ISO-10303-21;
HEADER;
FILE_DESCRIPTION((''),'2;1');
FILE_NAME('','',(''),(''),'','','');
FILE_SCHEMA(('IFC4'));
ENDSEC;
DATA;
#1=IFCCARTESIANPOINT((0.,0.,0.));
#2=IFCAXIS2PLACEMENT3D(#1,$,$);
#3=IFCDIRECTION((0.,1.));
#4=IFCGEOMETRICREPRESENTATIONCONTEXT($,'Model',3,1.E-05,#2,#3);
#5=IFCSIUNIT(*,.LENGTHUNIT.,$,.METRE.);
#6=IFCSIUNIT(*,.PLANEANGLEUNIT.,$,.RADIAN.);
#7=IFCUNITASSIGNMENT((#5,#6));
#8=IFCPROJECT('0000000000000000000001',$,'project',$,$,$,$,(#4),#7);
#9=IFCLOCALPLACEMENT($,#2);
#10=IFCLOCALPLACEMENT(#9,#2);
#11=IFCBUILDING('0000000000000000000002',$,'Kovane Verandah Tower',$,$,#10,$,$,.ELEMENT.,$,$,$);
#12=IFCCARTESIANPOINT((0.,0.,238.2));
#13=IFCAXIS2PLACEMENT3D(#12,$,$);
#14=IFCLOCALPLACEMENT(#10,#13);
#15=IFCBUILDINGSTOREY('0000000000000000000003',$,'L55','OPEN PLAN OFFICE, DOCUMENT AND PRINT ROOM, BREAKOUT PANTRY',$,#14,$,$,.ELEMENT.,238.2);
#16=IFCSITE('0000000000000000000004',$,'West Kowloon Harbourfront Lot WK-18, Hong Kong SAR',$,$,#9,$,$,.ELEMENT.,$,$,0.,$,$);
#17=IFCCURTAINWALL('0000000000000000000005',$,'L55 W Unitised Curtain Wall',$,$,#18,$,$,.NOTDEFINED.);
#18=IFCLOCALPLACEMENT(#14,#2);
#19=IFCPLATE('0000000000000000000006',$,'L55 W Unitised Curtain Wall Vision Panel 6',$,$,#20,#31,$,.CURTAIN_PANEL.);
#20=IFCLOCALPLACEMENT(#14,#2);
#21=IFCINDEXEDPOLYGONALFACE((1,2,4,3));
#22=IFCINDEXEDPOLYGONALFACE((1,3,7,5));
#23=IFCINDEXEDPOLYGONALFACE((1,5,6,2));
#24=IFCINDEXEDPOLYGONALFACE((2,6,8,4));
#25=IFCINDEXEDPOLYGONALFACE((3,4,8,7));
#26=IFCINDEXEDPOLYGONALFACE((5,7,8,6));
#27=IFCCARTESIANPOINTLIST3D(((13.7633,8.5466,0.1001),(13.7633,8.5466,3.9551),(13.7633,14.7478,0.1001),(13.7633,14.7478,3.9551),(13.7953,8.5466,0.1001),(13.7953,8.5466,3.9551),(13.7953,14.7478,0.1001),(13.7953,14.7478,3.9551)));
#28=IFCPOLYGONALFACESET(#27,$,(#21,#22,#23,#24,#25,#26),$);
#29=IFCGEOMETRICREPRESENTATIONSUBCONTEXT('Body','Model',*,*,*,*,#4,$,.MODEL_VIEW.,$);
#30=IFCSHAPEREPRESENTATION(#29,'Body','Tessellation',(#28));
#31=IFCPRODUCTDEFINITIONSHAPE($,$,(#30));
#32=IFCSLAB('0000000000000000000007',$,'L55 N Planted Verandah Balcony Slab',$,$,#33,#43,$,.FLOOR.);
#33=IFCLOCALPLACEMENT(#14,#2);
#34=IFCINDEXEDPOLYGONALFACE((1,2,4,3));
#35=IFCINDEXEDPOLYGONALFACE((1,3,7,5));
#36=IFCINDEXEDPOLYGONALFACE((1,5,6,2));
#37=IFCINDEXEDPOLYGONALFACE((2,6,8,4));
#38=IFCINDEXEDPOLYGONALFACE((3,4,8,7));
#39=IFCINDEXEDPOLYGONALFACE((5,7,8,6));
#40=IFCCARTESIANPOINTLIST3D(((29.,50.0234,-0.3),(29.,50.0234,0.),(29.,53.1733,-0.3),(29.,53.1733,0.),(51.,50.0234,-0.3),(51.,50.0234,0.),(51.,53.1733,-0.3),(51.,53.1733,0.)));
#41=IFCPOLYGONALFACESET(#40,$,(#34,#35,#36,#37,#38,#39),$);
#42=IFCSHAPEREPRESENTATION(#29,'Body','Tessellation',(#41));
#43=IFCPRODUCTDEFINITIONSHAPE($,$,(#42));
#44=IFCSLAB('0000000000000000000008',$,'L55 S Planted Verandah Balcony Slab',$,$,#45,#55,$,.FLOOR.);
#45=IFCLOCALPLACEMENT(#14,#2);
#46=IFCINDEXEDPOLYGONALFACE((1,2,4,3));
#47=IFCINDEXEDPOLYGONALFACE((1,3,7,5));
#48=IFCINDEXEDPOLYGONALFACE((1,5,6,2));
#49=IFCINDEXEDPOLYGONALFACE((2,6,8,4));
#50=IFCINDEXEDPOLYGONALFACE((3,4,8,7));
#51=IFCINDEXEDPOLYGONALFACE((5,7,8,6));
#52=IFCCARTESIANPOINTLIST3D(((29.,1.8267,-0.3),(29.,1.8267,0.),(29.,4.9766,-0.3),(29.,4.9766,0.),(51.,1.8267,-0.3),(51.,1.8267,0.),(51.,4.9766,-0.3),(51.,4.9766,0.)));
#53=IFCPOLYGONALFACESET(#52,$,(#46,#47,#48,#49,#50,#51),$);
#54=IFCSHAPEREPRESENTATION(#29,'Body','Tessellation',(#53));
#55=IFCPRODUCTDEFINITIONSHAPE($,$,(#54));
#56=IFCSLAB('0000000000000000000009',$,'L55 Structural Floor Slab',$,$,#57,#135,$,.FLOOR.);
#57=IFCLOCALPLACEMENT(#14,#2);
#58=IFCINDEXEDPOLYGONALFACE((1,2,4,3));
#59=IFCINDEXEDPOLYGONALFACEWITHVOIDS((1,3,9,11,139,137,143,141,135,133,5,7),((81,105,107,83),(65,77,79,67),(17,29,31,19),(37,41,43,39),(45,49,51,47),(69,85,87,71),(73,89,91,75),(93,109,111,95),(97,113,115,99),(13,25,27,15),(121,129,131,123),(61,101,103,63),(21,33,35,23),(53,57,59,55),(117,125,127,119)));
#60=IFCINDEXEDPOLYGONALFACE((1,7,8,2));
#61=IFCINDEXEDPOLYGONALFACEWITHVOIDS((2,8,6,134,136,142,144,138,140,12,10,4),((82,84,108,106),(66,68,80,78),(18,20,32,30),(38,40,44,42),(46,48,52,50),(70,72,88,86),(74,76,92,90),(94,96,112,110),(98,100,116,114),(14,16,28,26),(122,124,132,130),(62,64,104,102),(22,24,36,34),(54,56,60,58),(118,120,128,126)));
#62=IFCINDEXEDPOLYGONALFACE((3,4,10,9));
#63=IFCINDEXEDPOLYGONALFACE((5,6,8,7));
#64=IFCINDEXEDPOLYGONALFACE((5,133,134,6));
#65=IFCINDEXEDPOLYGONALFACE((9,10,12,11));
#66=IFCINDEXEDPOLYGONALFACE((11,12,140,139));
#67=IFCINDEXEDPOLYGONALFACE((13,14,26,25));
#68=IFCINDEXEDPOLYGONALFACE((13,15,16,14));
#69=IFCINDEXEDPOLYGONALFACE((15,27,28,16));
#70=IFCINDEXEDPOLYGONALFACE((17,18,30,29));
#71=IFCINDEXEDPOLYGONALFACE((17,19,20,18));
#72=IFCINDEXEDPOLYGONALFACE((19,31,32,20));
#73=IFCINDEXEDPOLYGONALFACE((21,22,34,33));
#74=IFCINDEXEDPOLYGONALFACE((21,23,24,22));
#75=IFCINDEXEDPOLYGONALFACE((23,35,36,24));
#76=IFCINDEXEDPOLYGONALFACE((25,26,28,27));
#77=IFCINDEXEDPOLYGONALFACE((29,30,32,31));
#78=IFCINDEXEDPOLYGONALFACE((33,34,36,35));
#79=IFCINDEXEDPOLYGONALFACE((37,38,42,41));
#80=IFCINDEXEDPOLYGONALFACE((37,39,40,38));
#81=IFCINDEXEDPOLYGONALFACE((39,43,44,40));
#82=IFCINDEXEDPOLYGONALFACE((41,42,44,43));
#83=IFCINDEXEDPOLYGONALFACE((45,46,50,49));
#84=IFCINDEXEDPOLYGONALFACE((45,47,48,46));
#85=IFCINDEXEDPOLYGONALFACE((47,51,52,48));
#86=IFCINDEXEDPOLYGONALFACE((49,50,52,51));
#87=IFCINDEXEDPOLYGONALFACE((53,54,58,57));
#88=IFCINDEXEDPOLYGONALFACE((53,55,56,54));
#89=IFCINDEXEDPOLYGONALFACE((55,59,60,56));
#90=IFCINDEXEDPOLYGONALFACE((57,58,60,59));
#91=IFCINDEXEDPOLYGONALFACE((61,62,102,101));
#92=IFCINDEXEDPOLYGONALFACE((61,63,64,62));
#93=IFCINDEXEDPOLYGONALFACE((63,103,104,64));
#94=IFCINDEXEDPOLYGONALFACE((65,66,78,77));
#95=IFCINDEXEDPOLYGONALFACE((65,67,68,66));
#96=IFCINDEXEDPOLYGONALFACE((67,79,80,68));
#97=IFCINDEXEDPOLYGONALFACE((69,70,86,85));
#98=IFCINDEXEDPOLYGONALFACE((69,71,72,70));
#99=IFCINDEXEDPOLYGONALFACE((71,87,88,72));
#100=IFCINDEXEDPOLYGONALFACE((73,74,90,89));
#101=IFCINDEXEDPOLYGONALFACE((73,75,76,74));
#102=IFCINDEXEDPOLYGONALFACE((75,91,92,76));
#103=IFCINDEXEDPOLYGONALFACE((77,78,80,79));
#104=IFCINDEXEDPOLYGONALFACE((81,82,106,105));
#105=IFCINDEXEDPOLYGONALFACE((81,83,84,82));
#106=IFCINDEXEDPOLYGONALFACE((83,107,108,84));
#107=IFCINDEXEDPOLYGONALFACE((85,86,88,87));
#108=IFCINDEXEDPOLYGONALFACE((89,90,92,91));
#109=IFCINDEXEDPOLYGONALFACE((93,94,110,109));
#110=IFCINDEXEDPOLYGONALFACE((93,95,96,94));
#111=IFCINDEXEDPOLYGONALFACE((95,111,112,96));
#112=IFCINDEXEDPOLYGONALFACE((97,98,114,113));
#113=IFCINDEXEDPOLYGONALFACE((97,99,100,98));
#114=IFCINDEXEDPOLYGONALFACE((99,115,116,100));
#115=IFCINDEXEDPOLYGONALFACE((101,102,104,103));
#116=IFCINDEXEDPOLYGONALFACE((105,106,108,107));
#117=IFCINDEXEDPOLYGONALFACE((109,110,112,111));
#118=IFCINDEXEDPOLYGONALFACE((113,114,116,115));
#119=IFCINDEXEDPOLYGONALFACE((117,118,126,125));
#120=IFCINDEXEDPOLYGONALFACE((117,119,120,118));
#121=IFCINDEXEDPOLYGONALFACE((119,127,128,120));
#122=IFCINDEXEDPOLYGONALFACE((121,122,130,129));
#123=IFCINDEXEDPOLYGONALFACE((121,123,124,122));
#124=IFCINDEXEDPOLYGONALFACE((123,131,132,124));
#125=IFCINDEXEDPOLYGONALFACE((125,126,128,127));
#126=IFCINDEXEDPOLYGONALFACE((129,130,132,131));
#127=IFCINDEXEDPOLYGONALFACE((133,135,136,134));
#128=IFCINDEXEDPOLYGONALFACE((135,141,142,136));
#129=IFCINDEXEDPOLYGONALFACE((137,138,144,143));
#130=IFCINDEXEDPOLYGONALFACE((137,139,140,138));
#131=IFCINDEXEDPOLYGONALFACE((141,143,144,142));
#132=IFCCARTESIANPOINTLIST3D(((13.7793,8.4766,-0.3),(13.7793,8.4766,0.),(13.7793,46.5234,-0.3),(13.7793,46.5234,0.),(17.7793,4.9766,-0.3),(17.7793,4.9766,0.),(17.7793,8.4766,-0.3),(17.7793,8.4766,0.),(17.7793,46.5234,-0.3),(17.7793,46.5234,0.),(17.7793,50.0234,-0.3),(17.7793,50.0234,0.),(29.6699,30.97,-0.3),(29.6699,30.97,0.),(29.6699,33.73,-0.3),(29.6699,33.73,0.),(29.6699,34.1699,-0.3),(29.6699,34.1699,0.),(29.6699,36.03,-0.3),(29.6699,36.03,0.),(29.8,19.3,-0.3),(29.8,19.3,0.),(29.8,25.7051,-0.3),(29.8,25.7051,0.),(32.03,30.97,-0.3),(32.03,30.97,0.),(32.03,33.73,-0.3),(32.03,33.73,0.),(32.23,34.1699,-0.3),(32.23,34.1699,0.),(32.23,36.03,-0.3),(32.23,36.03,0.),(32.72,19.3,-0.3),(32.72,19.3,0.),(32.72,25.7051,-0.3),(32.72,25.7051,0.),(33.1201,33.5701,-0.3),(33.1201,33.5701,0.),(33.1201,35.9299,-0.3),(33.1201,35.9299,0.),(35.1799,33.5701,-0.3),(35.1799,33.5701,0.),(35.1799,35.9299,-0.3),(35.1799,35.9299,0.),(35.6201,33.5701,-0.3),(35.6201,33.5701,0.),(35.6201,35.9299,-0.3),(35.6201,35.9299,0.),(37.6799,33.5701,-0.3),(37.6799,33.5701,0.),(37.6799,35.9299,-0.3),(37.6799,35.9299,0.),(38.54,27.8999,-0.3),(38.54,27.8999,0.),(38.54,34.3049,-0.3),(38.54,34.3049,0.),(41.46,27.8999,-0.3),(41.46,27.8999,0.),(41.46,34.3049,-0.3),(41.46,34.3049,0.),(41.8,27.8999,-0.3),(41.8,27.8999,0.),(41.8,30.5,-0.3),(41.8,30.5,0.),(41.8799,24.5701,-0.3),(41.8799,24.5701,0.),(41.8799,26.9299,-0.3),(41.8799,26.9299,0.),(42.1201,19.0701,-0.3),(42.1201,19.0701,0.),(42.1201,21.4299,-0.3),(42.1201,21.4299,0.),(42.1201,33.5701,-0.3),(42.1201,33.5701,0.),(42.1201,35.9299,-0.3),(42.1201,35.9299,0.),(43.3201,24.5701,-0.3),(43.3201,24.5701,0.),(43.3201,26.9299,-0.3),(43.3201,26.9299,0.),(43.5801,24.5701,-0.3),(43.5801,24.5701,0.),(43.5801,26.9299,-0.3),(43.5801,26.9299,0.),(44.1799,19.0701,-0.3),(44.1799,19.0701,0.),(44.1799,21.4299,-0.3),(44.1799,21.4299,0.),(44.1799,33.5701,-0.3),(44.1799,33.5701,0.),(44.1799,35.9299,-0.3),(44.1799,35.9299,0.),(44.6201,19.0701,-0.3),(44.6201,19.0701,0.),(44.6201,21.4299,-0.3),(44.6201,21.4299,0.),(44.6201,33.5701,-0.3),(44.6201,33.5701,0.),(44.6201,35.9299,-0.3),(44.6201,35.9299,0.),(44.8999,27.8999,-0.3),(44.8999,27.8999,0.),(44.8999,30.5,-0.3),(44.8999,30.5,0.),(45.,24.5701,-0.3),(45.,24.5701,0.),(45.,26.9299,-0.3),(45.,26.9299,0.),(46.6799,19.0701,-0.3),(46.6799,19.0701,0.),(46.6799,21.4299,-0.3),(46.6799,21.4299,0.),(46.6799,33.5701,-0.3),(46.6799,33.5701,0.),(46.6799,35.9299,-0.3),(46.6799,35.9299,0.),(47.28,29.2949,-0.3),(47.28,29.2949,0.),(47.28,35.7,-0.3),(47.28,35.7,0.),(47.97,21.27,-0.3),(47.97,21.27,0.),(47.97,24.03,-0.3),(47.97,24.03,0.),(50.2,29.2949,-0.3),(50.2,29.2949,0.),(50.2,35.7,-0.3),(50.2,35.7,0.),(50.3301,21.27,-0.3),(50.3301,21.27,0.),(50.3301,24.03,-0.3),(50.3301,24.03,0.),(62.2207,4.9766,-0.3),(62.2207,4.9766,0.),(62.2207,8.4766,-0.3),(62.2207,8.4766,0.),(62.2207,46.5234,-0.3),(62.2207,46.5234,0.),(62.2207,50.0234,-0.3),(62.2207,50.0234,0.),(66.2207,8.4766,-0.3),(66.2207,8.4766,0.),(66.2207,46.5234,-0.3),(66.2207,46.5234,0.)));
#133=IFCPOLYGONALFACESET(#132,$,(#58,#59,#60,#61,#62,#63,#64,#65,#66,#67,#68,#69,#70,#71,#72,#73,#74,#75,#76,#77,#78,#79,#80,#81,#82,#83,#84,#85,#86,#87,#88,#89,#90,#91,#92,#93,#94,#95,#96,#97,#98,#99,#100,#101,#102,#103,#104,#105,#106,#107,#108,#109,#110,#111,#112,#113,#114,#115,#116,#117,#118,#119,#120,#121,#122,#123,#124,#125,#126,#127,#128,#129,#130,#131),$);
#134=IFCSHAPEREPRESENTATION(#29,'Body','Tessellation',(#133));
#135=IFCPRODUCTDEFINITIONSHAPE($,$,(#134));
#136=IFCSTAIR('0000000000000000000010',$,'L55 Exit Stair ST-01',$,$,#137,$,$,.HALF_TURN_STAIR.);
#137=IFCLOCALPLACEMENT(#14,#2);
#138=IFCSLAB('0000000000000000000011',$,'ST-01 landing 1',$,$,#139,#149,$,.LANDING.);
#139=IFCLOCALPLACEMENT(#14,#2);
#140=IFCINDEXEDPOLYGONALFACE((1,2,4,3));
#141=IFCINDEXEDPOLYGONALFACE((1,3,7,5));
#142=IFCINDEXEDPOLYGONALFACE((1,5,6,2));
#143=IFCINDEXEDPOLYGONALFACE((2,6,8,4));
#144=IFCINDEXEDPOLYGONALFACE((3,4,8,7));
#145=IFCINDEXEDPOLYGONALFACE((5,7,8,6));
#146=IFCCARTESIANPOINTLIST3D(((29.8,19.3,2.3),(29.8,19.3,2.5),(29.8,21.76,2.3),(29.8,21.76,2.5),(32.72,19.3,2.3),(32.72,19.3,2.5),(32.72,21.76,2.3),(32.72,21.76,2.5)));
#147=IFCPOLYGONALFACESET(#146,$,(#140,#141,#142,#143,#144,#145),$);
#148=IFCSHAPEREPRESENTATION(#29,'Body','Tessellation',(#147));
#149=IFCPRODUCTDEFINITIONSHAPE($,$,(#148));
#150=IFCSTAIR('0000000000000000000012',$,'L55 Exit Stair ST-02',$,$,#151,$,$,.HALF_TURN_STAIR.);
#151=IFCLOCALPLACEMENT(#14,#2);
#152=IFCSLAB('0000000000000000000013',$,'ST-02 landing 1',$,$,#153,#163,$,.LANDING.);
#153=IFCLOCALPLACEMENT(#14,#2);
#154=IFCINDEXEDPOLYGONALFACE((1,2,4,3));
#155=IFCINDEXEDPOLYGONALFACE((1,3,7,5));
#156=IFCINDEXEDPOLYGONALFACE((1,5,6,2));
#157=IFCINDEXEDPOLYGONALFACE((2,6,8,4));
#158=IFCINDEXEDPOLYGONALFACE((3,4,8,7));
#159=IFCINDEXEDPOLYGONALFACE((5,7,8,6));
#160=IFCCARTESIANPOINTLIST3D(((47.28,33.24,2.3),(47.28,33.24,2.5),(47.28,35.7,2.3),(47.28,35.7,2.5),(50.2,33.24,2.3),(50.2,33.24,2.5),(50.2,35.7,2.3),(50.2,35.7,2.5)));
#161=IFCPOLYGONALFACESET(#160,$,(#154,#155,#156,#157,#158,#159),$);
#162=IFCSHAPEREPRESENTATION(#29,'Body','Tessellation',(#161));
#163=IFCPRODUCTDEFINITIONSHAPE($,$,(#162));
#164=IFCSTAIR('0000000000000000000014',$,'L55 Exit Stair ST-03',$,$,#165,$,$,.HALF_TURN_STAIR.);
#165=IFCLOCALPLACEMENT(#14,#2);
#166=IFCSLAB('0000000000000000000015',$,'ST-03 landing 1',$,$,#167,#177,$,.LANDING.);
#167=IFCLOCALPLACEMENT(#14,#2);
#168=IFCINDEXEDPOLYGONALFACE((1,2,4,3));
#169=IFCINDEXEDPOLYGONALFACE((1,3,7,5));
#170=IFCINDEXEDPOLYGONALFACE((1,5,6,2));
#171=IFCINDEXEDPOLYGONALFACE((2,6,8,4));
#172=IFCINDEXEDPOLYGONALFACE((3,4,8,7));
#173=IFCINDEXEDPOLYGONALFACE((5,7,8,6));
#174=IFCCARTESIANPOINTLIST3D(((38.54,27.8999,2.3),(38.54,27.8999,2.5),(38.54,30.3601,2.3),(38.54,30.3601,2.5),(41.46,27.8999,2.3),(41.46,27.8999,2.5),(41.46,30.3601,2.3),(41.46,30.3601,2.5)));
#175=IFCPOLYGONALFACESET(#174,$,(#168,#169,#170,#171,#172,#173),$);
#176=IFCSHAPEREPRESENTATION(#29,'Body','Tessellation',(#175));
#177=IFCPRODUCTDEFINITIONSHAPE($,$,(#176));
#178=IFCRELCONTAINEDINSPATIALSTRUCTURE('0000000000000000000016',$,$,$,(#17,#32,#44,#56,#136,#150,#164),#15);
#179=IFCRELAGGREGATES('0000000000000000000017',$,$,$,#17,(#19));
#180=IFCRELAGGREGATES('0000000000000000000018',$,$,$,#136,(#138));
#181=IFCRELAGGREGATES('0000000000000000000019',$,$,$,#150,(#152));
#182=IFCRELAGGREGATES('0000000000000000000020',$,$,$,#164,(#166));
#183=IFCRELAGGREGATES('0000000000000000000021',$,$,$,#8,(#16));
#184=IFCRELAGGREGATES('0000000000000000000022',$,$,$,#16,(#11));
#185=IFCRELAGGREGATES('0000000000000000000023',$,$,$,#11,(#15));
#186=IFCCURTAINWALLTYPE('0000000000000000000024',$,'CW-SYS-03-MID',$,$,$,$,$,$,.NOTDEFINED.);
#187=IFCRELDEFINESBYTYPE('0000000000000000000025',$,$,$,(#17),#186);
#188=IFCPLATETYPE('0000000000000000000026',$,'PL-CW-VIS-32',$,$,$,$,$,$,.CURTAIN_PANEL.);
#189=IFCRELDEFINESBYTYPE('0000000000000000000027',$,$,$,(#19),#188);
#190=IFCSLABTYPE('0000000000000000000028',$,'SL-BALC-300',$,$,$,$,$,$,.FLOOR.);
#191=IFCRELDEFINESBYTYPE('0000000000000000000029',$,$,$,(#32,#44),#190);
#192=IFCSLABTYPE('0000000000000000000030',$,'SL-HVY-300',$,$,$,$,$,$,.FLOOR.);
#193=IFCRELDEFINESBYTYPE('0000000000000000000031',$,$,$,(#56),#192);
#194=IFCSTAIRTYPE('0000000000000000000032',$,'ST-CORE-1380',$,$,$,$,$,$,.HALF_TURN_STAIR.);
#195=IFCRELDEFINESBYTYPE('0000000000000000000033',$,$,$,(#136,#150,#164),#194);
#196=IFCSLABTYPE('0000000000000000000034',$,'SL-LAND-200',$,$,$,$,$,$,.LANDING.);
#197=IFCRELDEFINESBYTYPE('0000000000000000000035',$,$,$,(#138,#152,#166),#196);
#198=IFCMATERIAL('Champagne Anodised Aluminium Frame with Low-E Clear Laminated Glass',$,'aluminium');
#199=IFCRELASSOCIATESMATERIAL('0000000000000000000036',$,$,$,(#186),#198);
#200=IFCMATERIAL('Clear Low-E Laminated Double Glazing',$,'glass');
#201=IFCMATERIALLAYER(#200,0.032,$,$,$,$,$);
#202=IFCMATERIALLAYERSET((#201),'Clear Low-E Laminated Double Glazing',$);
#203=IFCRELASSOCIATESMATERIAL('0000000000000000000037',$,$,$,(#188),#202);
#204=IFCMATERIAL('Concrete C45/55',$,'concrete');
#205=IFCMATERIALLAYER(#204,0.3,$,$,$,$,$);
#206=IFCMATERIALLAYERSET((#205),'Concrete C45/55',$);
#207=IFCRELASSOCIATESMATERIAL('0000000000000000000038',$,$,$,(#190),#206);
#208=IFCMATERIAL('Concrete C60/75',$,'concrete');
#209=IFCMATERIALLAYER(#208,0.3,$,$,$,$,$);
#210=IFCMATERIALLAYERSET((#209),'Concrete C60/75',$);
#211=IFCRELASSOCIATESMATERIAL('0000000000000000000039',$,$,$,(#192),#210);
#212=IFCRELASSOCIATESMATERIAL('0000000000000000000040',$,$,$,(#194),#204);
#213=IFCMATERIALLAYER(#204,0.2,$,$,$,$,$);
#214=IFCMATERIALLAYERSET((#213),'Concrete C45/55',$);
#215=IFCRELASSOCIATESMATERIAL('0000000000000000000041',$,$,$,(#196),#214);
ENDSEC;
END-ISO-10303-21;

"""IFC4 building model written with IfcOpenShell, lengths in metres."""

from ifc_helpers import new_model, si_unit, direction, frame, origin, origin_2d, place, context, subcontext, project, spatial, polyline, rectangle, outline, extrude, material, layer, layer_set, type_object, element, aggregate, save


model = new_model("IFC4")

# Units and contexts
model_context = context("Model", 3, precision=1e-05, world=origin(), true_north=direction((0.0, 1.0)))
body_context = subcontext(model_context, "Body", "Model", "MODEL_VIEW")
ifc_project = project(units=[si_unit("LENGTHUNIT", "METRE"), si_unit("PLANEANGLEUNIT", "RADIAN")], contexts=[model_context])

# Site, building, storey
site_placement = place(None, origin())
site = spatial("IfcSite", under=ifc_project, at=site_placement, Name="West Kowloon Harbourfront Lot WK-18, Hong Kong SAR", CompositionType="ELEMENT", RefElevation=0.0)
building_placement = place(site_placement, origin())
building = spatial("IfcBuilding", under=site, at=building_placement, Name="Kovane Verandah Tower", CompositionType="ELEMENT")
storey_placement = place(building_placement, frame((0.0, 0.0, 238.2)))
storey = spatial("IfcBuildingStorey", under=building, at=storey_placement, Name="L55", Description="OPEN PLAN OFFICE, DOCUMENT AND PRINT ROOM, BREAKOUT PANTRY", CompositionType="ELEMENT", Elevation=238.2)

# Curtain wall, plate
ifc_material_1 = material(Name="Champagne Anodised Aluminium Frame with Low-E Clear Laminated Glass", Category="aluminium")
curtain_wall_type = type_object("IfcCurtainWallType", Name="CW-SYS-03-MID", PredefinedType="NOTDEFINED", material=ifc_material_1)
curtain_wall_placement = place(storey_placement, origin())
curtain_wall = element("IfcCurtainWall", 1, at=curtain_wall_placement, inside=storey, type_object=curtain_wall_type, Name="L55 W Unitised Curtain Wall", PredefinedType="NOTDEFINED")
ifc_material_2 = material(Name="Clear Low-E Laminated Double Glazing", Category="glass")
ifc_layer_1 = layer(ifc_material_2, 0.032)
ifc_layer_set_1 = layer_set([ifc_layer_1], Name="Clear Low-E Laminated Double Glazing")
plate_type_1 = type_object("IfcPlateType", Name="PL-CW-VIS-32", PredefinedType="CURTAIN_PANEL", material=ifc_layer_set_1)
plate_1_placement = place(storey_placement, frame((13.7793, 11.6472, 0.1001), z_axis=(0.0, 0.0, 1.0), x_axis=(0.0, -1.0, 0.0)))
plate_1 = element("IfcPlate", 2, at=plate_1_placement, type_object=plate_type_1, Name="L55 W Unitised Curtain Wall Vision Panel 6", PredefinedType="CURTAIN_PANEL", context=body_context, shape_type="SweptSolid", body=[
    extrude(rectangle(XDim=6.2012, YDim=0.032, at=origin_2d()), origin(), (0.0, 0.0, 1.0), 3.855),
])
aggregate(curtain_wall, [plate_1])

# Slabs
ifc_material_3 = material(Name="Concrete C45/55", Category="concrete")
ifc_layer_2 = layer(ifc_material_3, 0.3)
ifc_layer_set_2 = layer_set([ifc_layer_2], Name="Concrete C45/55")
slab_type_1 = type_object("IfcSlabType", Name="SL-BALC-300", PredefinedType="FLOOR", material=ifc_layer_set_2)
slab_1_placement = place(storey_placement, frame((0.0, 0.0, -0.3)))
element("IfcSlab", 3, at=slab_1_placement, inside=storey, type_object=slab_type_1, Name="L55 N Planted Verandah Balcony Slab", PredefinedType="FLOOR", context=body_context, shape_type="SweptSolid", body=[
    extrude(outline(polyline([(29.0, 50.0234), (51.0, 50.0234), (51.0, 53.1733), (29.0, 53.1733), (29.0, 50.0234)])), origin(), (0.0, 0.0, 1.0), 0.3),
])
slab_2_placement = place(storey_placement, frame((0.0, 0.0, -0.3)))
element("IfcSlab", 4, at=slab_2_placement, inside=storey, type_object=slab_type_1, Name="L55 S Planted Verandah Balcony Slab", PredefinedType="FLOOR", context=body_context, shape_type="SweptSolid", body=[
    extrude(outline(polyline([(29.0, 1.8267), (51.0, 1.8267), (51.0, 4.9766), (29.0, 4.9766), (29.0, 1.8267)])), origin(), (0.0, 0.0, 1.0), 0.3),
])
ifc_material_4 = material(Name="Concrete C60/75", Category="concrete")
ifc_layer_3 = layer(ifc_material_4, 0.3)
ifc_layer_set_3 = layer_set([ifc_layer_3], Name="Concrete C60/75")
slab_type_2 = type_object("IfcSlabType", Name="SL-HVY-300", PredefinedType="FLOOR", material=ifc_layer_set_3)
slab_3_placement = place(storey_placement, frame((0.0, 0.0, -0.3)))
element("IfcSlab", 5, at=slab_3_placement, inside=storey, type_object=slab_type_2, Name="L55 Structural Floor Slab", PredefinedType="FLOOR", context=body_context, shape_type="SweptSolid", body=[
    extrude(outline(polyline([(17.7793, 4.9766), (62.2207, 4.9766), (62.2207, 8.4766), (66.2207, 8.4766), (66.2207, 46.5234), (62.2207, 46.5234), (62.2207, 50.0234), (17.7793, 50.0234), (17.7793, 46.5234), (13.7793, 46.5234), (13.7793, 8.4766), (17.7793, 8.4766), (17.7793, 4.9766)]), holes=[polyline([(29.8, 19.3), (32.72, 19.3), (32.72, 25.7051), (29.8, 25.7051), (29.8, 19.3)]), polyline([(47.28, 29.2949), (50.2, 29.2949), (50.2, 35.7), (47.28, 35.7), (47.28, 29.2949)]), polyline([(38.54, 27.8999), (41.46, 27.8999), (41.46, 34.3049), (38.54, 34.3049), (38.54, 27.8999)]), polyline([(29.6699, 30.97), (32.03, 30.97), (32.03, 33.73), (29.6699, 33.73), (29.6699, 30.97)]), polyline([(47.97, 21.27), (50.3301, 21.27), (50.3301, 24.03), (47.97, 24.03), (47.97, 21.27)]), polyline([(29.6699, 34.1699), (32.23, 34.1699), (32.23, 36.03), (29.6699, 36.03), (29.6699, 34.1699)]), polyline([(42.1201, 19.0701), (44.1799, 19.0701), (44.1799, 21.4299), (42.1201, 21.4299), (42.1201, 19.0701)]), polyline([(44.6201, 19.0701), (46.6799, 19.0701), (46.6799, 21.4299), (44.6201, 21.4299), (44.6201, 19.0701)]), polyline([(41.8799, 24.5701), (43.3201, 24.5701), (43.3201, 26.9299), (41.8799, 26.9299), (41.8799, 24.5701)]), polyline([(43.5801, 24.5701), (45.0, 24.5701), (45.0, 26.9299), (43.5801, 26.9299), (43.5801, 24.5701)]), polyline([(33.1201, 33.5701), (35.1799, 33.5701), (35.1799, 35.9299), (33.1201, 35.9299), (33.1201, 33.5701)]), polyline([(35.6201, 33.5701), (37.6799, 33.5701), (37.6799, 35.9299), (35.6201, 35.9299), (35.6201, 33.5701)]), polyline([(42.1201, 33.5701), (44.1799, 33.5701), (44.1799, 35.9299), (42.1201, 35.9299), (42.1201, 33.5701)]), polyline([(44.6201, 33.5701), (46.6799, 33.5701), (46.6799, 35.9299), (44.6201, 35.9299), (44.6201, 33.5701)]), polyline([(41.8, 27.8999), (44.8999, 27.8999), (44.8999, 30.5), (41.8, 30.5), (41.8, 27.8999)])]), origin(), (0.0, 0.0, 1.0), 0.3),
])

# Stairs, slabs
stair_type = type_object("IfcStairType", Name="ST-CORE-1380", PredefinedType="HALF_TURN_STAIR", material=ifc_material_3)
stair_1_placement = place(storey_placement, origin())
stair_1 = element("IfcStair", 6, at=stair_1_placement, inside=storey, type_object=stair_type, Name="L55 Exit Stair ST-01", PredefinedType="HALF_TURN_STAIR")
ifc_layer_4 = layer(ifc_material_3, 0.2)
ifc_layer_set_4 = layer_set([ifc_layer_4], Name="Concrete C45/55")
slab_type_3 = type_object("IfcSlabType", Name="SL-LAND-200", PredefinedType="LANDING", material=ifc_layer_set_4)
slab_4_placement = place(storey_placement, frame((0.0, 0.0, 2.3)))
slab_4 = element("IfcSlab", 7, at=slab_4_placement, type_object=slab_type_3, Name="ST-01 landing 1", PredefinedType="LANDING", context=body_context, shape_type="SweptSolid", body=[
    extrude(outline(polyline([(29.8, 21.76), (29.8, 19.3), (32.72, 19.3), (32.72, 21.76), (29.8, 21.76)])), origin(), (0.0, 0.0, 1.0), 0.2),
])
aggregate(stair_1, [slab_4])
stair_2_placement = place(storey_placement, origin())
stair_2 = element("IfcStair", 8, at=stair_2_placement, inside=storey, type_object=stair_type, Name="L55 Exit Stair ST-02", PredefinedType="HALF_TURN_STAIR")
slab_5_placement = place(storey_placement, frame((0.0, 0.0, 2.3)))
slab_5 = element("IfcSlab", 9, at=slab_5_placement, type_object=slab_type_3, Name="ST-02 landing 1", PredefinedType="LANDING", context=body_context, shape_type="SweptSolid", body=[
    extrude(outline(polyline([(50.2, 33.24), (50.2, 35.7), (47.28, 35.7), (47.28, 33.24), (50.2, 33.24)])), origin(), (0.0, 0.0, 1.0), 0.2),
])
aggregate(stair_2, [slab_5])
stair_3_placement = place(storey_placement, origin())
stair_3 = element("IfcStair", 10, at=stair_3_placement, inside=storey, type_object=stair_type, Name="L55 Exit Stair ST-03", PredefinedType="HALF_TURN_STAIR")
slab_6_placement = place(storey_placement, frame((0.0, 0.0, 2.3)))
slab_6 = element("IfcSlab", 11, at=slab_6_placement, type_object=slab_type_3, Name="ST-03 landing 1", PredefinedType="LANDING", context=body_context, shape_type="SweptSolid", body=[
    extrude(outline(polyline([(38.54, 30.3601), (38.54, 27.8999), (41.46, 27.8999), (41.46, 30.3601), (38.54, 30.3601)])), origin(), (0.0, 0.0, 1.0), 0.2),
])
aggregate(stair_3, [slab_6])

save(model, "model.ifc")
